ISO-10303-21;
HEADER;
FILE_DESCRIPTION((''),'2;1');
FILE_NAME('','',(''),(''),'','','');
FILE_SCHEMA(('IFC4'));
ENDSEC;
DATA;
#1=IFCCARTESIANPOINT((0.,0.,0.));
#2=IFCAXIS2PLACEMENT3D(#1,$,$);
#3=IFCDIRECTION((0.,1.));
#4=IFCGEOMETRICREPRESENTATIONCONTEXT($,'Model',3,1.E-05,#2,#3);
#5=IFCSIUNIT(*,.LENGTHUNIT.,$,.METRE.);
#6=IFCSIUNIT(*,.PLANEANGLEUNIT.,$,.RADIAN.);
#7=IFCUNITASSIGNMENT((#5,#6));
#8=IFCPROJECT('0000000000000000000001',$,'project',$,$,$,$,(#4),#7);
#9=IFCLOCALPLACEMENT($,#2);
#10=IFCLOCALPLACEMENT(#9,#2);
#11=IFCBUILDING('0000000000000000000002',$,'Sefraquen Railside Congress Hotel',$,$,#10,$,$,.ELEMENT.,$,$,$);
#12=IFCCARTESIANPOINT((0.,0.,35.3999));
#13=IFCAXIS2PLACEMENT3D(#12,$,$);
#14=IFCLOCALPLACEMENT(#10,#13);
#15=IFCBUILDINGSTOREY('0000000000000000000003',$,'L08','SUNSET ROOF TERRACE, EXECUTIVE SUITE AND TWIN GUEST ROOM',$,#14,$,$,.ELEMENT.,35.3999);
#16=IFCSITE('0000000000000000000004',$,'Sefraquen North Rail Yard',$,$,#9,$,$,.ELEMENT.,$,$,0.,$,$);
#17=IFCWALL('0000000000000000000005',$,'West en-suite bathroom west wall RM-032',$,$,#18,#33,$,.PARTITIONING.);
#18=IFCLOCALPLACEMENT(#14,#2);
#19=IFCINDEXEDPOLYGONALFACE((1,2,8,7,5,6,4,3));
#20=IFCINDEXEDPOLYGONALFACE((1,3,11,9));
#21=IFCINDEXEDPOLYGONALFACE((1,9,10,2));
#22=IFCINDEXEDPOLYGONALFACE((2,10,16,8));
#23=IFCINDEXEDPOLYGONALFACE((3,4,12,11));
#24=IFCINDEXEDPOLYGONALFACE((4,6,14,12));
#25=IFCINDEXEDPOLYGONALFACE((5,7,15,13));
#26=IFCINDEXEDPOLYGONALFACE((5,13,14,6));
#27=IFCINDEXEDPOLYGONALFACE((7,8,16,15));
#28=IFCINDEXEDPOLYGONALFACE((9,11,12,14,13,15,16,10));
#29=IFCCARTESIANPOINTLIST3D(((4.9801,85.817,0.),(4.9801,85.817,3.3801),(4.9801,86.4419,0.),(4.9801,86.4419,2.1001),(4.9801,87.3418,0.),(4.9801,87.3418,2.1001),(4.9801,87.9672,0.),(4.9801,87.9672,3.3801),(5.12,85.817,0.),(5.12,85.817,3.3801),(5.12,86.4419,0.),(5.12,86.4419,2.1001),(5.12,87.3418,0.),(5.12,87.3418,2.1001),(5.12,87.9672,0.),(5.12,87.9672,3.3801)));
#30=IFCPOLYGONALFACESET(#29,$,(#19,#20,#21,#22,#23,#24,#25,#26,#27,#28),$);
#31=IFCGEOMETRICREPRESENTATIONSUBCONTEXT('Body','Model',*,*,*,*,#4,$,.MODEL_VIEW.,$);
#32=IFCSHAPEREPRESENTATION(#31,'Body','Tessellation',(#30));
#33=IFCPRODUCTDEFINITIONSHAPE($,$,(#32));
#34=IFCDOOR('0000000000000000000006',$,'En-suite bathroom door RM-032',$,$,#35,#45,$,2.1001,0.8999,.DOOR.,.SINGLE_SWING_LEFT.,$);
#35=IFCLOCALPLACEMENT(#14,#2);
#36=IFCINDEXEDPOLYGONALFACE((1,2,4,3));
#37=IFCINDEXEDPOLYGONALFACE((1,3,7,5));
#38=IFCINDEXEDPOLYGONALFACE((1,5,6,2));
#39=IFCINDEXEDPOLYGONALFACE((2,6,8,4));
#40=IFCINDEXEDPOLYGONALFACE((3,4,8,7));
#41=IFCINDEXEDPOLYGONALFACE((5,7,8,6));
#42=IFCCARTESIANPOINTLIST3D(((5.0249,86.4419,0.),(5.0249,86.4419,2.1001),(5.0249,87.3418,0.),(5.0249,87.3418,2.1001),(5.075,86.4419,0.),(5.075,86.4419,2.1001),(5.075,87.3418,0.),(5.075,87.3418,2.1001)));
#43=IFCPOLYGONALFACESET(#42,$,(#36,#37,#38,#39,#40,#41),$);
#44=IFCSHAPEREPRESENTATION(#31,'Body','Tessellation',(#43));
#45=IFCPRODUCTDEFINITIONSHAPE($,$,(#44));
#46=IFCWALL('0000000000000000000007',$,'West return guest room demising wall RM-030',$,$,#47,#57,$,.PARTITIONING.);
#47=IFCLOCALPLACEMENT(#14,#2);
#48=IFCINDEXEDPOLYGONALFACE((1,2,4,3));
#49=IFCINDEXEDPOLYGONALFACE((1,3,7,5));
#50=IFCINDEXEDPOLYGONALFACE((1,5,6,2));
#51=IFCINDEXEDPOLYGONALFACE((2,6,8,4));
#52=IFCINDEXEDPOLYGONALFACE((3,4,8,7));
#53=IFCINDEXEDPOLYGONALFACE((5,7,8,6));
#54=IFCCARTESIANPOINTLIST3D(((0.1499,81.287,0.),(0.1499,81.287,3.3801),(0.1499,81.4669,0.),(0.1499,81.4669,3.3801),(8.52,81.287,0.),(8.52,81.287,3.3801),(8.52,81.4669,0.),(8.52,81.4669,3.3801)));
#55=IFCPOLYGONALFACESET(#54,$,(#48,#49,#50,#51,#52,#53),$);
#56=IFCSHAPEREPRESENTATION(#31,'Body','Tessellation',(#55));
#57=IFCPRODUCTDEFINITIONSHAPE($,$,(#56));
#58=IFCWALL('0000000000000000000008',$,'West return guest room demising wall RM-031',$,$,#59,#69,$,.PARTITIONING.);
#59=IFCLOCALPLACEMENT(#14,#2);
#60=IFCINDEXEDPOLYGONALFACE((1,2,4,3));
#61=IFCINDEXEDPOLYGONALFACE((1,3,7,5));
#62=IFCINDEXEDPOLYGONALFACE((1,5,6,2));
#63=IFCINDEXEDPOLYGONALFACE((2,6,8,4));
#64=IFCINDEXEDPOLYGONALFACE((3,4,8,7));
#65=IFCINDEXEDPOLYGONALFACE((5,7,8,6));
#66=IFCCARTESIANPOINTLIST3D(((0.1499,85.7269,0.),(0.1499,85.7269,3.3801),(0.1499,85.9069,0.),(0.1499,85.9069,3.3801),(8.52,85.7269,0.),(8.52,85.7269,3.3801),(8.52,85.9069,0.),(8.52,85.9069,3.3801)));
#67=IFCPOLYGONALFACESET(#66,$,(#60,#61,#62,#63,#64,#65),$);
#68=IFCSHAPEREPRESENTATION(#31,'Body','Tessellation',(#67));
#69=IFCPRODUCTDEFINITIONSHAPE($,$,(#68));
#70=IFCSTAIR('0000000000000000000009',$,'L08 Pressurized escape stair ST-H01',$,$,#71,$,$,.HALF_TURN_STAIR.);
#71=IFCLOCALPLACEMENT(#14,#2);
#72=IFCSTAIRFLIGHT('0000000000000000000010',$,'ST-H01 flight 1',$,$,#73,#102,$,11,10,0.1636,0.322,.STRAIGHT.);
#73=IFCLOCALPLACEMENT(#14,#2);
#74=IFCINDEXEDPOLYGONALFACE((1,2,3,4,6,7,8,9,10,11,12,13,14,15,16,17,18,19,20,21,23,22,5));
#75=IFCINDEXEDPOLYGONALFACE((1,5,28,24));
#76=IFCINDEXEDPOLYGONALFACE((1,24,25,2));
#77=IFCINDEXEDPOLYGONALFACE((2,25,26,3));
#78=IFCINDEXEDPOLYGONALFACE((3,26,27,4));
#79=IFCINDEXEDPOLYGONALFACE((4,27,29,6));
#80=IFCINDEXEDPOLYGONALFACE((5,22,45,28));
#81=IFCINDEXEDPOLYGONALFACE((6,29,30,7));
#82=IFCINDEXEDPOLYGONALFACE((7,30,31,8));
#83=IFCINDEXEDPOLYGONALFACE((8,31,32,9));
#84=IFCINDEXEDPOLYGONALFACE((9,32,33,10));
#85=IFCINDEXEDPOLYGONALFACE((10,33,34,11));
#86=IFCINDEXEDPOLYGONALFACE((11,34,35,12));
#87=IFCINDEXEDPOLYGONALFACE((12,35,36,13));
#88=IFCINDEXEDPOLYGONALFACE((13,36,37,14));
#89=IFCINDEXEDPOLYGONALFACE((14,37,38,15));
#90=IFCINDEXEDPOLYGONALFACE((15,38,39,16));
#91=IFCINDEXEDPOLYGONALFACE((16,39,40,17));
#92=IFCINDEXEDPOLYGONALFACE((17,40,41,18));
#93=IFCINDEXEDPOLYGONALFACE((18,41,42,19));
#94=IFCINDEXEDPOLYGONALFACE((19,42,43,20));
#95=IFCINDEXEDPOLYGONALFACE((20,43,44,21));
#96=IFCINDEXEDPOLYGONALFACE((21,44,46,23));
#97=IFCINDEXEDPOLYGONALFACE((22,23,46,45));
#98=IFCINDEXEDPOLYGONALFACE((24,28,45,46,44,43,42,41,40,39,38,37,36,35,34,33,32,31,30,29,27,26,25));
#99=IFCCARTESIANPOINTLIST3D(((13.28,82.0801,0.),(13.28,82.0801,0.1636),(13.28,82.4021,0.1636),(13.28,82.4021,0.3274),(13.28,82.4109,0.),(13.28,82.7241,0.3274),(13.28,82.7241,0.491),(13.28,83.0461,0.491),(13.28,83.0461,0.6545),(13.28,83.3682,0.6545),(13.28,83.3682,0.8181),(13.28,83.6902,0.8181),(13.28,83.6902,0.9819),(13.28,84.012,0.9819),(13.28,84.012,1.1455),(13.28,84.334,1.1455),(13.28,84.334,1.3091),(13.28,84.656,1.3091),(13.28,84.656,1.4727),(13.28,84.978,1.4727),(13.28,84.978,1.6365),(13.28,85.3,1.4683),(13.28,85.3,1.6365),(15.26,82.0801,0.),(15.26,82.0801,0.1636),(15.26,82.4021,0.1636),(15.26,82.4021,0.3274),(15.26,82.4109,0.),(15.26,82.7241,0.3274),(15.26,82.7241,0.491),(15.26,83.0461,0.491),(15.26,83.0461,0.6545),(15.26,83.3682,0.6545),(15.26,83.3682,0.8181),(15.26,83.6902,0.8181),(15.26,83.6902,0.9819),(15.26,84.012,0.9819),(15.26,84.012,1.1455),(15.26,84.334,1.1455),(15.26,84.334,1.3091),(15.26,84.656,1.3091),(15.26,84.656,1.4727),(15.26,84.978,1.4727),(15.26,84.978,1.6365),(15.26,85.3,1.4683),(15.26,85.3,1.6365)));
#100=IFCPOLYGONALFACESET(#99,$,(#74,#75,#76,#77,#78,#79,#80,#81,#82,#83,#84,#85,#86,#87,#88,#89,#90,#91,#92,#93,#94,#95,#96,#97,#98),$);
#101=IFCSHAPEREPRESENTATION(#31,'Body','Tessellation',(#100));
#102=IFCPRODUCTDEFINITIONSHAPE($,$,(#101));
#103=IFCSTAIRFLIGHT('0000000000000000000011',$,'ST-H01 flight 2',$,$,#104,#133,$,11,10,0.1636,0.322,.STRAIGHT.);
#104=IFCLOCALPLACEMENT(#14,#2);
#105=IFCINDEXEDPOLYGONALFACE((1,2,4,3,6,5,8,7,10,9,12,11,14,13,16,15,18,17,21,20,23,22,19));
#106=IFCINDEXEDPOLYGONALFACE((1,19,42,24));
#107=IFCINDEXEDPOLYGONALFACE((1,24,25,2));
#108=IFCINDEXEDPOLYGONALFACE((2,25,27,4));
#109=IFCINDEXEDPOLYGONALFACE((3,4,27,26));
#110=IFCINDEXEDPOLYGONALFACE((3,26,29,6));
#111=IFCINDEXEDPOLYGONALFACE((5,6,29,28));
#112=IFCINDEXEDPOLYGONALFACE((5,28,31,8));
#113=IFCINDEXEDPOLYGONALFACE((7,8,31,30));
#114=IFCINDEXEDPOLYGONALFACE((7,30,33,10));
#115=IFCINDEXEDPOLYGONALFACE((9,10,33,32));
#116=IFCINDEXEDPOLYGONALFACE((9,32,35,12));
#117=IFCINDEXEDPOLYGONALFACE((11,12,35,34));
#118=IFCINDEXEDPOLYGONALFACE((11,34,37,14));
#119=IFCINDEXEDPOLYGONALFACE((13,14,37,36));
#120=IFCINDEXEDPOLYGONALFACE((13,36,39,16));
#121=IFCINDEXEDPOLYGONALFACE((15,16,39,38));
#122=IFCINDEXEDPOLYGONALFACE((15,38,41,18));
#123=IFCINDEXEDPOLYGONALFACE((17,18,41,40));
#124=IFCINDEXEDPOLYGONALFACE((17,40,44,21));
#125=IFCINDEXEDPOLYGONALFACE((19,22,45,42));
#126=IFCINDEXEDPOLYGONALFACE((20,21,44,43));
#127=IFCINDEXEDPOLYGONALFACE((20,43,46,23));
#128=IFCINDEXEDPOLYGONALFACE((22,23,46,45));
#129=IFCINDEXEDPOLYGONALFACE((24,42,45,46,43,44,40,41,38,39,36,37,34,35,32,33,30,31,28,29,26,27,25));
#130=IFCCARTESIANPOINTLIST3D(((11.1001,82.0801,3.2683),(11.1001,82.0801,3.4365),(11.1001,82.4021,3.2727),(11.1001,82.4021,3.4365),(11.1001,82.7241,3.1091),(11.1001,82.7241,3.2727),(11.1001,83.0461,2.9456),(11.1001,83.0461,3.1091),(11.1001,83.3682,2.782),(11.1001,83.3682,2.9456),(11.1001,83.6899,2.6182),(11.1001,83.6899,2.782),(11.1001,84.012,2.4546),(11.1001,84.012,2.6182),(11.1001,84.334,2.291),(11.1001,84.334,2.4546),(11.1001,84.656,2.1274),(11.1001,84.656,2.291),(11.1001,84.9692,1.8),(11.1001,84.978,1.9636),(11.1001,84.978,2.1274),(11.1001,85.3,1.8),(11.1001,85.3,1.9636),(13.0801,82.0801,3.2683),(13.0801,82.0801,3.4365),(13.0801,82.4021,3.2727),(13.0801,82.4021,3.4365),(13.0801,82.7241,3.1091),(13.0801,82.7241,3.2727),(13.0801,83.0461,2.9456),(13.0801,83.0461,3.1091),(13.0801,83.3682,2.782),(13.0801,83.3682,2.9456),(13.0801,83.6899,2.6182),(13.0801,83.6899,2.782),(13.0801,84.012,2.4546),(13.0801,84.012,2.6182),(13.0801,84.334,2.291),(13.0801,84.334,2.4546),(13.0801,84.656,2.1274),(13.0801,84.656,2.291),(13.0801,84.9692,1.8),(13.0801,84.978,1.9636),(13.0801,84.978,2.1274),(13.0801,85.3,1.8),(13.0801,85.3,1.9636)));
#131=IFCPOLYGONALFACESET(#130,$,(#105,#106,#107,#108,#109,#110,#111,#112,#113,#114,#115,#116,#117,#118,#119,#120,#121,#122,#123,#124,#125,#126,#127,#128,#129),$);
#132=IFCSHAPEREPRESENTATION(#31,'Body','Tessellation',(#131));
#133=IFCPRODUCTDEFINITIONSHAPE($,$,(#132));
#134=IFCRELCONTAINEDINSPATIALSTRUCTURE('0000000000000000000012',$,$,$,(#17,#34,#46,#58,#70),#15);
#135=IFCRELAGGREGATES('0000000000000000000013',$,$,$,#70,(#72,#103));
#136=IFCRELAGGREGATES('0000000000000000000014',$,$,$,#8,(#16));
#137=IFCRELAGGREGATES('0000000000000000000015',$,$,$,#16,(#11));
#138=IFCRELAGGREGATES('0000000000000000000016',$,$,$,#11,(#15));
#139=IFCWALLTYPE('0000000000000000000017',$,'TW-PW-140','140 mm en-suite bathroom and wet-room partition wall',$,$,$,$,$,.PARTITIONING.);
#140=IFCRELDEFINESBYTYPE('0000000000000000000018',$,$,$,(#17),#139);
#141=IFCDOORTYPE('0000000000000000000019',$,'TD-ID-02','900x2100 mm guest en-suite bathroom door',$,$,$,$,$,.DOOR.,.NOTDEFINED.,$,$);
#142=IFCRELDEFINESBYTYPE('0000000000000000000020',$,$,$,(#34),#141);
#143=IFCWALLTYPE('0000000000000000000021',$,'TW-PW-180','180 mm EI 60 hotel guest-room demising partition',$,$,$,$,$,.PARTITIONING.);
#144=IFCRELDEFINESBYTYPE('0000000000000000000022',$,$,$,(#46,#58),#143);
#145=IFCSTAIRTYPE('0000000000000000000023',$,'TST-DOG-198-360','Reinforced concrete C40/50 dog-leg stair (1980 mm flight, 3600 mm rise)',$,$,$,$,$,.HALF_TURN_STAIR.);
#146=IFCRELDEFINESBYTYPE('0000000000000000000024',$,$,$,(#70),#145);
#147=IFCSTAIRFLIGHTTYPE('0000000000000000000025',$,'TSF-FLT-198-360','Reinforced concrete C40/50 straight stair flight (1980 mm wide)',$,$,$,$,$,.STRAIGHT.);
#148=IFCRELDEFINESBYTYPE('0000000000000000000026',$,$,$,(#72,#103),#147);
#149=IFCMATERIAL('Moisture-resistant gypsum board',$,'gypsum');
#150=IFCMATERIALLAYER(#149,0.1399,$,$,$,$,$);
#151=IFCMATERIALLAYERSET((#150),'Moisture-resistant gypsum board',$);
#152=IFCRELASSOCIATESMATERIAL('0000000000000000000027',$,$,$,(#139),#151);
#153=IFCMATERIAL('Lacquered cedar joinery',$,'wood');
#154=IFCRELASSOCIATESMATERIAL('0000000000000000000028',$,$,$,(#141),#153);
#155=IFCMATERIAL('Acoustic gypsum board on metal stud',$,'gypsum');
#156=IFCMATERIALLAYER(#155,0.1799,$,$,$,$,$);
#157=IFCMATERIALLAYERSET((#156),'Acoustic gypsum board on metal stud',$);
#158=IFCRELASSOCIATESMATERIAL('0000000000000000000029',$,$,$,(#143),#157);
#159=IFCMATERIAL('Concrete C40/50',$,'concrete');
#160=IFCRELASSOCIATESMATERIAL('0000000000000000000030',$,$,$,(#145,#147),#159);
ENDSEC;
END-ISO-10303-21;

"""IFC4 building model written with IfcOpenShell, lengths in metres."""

from ifc_helpers import new_model, si_unit, direction, frame, frame_2d, origin, place, context, subcontext, project, spatial, polyline, rectangle, outline, extrude, material, layer, layer_set, type_object, element, fill, aggregate, save


model = new_model("IFC4")

# Units and contexts
model_context = context("Model", 3, precision=1e-05, world=origin(), true_north=direction((0.0, 1.0)))
body_context = subcontext(model_context, "Body", "Model", "MODEL_VIEW")
ifc_project = project(units=[si_unit("LENGTHUNIT", "METRE"), si_unit("PLANEANGLEUNIT", "RADIAN")], contexts=[model_context])

# Site, building, storey
site_placement = place(None, origin())
site = spatial("IfcSite", under=ifc_project, at=site_placement, Name="Sefraquen North Rail Yard", CompositionType="ELEMENT", RefElevation=0.0)
building_placement = place(site_placement, origin())
building = spatial("IfcBuilding", under=site, at=building_placement, Name="Sefraquen Railside Congress Hotel", CompositionType="ELEMENT")
storey_placement = place(building_placement, frame((0.0, 0.0, 35.3999)))
storey = spatial("IfcBuildingStorey", under=building, at=storey_placement, Name="L08", Description="SUNSET ROOF TERRACE, EXECUTIVE SUITE AND TWIN GUEST ROOM", CompositionType="ELEMENT", Elevation=35.3999)

# Shared definitions
ifc_material_1 = material(Name="Moisture-resistant gypsum board", Category="gypsum")
ifc_layer_1 = layer(ifc_material_1, 0.1399)
ifc_layer_set_1 = layer_set([ifc_layer_1], Name="Moisture-resistant gypsum board")
wall_type_1 = type_object("IfcWallType", Name="TW-PW-140", Description="140 mm en-suite bathroom and wet-room partition wall", PredefinedType="PARTITIONING", material=ifc_layer_set_1)

# Shared definitions
ifc_material_2 = material(Name="Lacquered cedar joinery", Category="wood")
door_type = type_object("IfcDoorType", Name="TD-ID-02", Description="900x2100 mm guest en-suite bathroom door", OperationType="NOTDEFINED", PredefinedType="DOOR", material=ifc_material_2)

# Wall, opening, door
wall_1_placement = place(storey_placement, frame((5.05, 85.8169, 0.0), z_axis=(0.0, 0.0, 1.0), x_axis=(0.0, 1.0, 0.0)))
wall_1 = element("IfcWall", 1, at=wall_1_placement, inside=storey, type_object=wall_type_1, Name="West en-suite bathroom west wall RM-032", PredefinedType="PARTITIONING", context=body_context, shape_type="SweptSolid", body=[
    extrude(rectangle(XDim=2.1501, YDim=0.1399, at=frame_2d((1.0752, 0.0))), origin(), (0.0, 0.0, 1.0), 3.3801),
])
opening_1_placement = place(wall_1_placement, frame((0.625, 0.0, 0.0)))
opening_1 = element("IfcOpeningElement", 2, at=opening_1_placement, cuts=wall_1, PredefinedType="OPENING", context=body_context, shape_type="SweptSolid", body=[
    extrude(rectangle(XDim=0.8999, YDim=2.1001, at=frame_2d((0.45, 1.05))), frame((0.0, 0.0798, 0.0), z_axis=(0.0, -1.0, 0.0), x_axis=(1.0, 0.0, 0.0)), (0.0, 0.0, 1.0), 0.1599),
])
door_1_placement = place(opening_1_placement, frame((0.8999, 0.0, 0.0), z_axis=(0.0, 0.0, 1.0), x_axis=(-1.0, 0.0, 0.0)))
door_1 = element("IfcDoor", 3, at=door_1_placement, inside=storey, type_object=door_type, Name="En-suite bathroom door RM-032", OperationType="SINGLE_SWING_LEFT", OverallHeight=2.1001, OverallWidth=0.8999, PredefinedType="DOOR", context=body_context, shape_type="SweptSolid", body=[
    extrude(rectangle(XDim=0.8999, YDim=2.1001, at=frame_2d((0.45, 1.05))), frame((0.0, 0.0249, 0.0), z_axis=(0.0, -1.0, 0.0), x_axis=(1.0, 0.0, 0.0)), (0.0, 0.0, 1.0), 0.05),
])
fill(opening_1, door_1)

# Walls
ifc_material_3 = material(Name="Acoustic gypsum board on metal stud", Category="gypsum")
ifc_layer_2 = layer(ifc_material_3, 0.1799)
ifc_layer_set_2 = layer_set([ifc_layer_2], Name="Acoustic gypsum board on metal stud")
wall_type_2 = type_object("IfcWallType", Name="TW-PW-180", Description="180 mm EI 60 hotel guest-room demising partition", PredefinedType="PARTITIONING", material=ifc_layer_set_2)
for number, where, z_axis, x_axis, name in (
    (4, (0.1499, 81.377, 0.0), (0.0, 0.0, 1.0), (1.0, 0.0, 0.0), "West return guest room demising wall RM-030"),
    (5, (0.1499, 85.8169, 0.0), (0.0, 0.0, 1.0), (1.0, 0.0, 0.0), "West return guest room demising wall RM-031"),
):
    element("IfcWall", number, at=place(storey_placement, frame(where, z_axis=z_axis, x_axis=x_axis)), inside=storey, type_object=wall_type_2, Name=name, PredefinedType="PARTITIONING", context=body_context, shape_type="SweptSolid", body=[
        extrude(rectangle(XDim=8.3701, YDim=0.1799, at=frame_2d((4.1851, 0.0))), origin(), (0.0, 0.0, 1.0), 3.3801),
    ])

# Stair, stair flights
ifc_material_4 = material(Name="Concrete C40/50", Category="concrete")
stair_type = type_object("IfcStairType", Name="TST-DOG-198-360", Description="Reinforced concrete C40/50 dog-leg stair (1980 mm flight, 3600 mm rise)", PredefinedType="HALF_TURN_STAIR", material=ifc_material_4)
stair_placement = place(storey_placement, origin())
stair = element("IfcStair", 6, at=stair_placement, inside=storey, type_object=stair_type, Name="L08 Pressurized escape stair ST-H01", PredefinedType="HALF_TURN_STAIR")
stair_flight_type = type_object("IfcStairFlightType", Name="TSF-FLT-198-360", Description="Reinforced concrete C40/50 straight stair flight (1980 mm wide)", PredefinedType="STRAIGHT", material=ifc_material_4)
stair_flight_1_placement = place(storey_placement, frame((14.27, 82.0801, 0.0), z_axis=(0.0, 0.0, 1.0), x_axis=(0.0, 1.0, 0.0)))
stair_flight_1 = element("IfcStairFlight", 7, at=stair_flight_1_placement, type_object=stair_flight_type, Name="ST-H01 flight 1", NumberOfRisers=11, NumberOfTreads=10, PredefinedType="STRAIGHT", RiserHeight=0.1636, TreadLength=0.322, context=body_context, shape_type="SweptSolid", body=[
    extrude(outline(polyline([(0.0, 0.0), (0.0, 0.1636), (0.322, 0.1636), (0.322, 0.3274), (0.644, 0.3274), (0.644, 0.491), (0.9661, 0.491), (0.9661, 0.6545), (1.2881, 0.6545), (1.2881, 0.8181), (1.6101, 0.8181), (1.6101, 0.9819), (1.9319, 0.9819), (1.9319, 1.1455), (2.2539, 1.1455), (2.2539, 1.3091), (2.5759, 1.3091), (2.5759, 1.4727), (2.8979, 1.4727), (2.8979, 1.6365), (3.22, 1.6365), (3.22, 1.8), (3.22, 1.4683), (0.3308, 0.0), (0.0, 0.0)])), frame((0.0, 0.99, 0.0), z_axis=(0.0, -1.0, 0.0), x_axis=(1.0, 0.0, 0.0)), (0.0, 0.0, 1.0), 1.98),
])
stair_flight_2_placement = place(storey_placement, frame((12.0901, 85.3, 1.8), z_axis=(0.0, 0.0, 1.0), x_axis=(0.0, -1.0, 0.0)))
stair_flight_2 = element("IfcStairFlight", 8, at=stair_flight_2_placement, type_object=stair_flight_type, Name="ST-H01 flight 2", NumberOfRisers=11, NumberOfTreads=10, PredefinedType="STRAIGHT", RiserHeight=0.1636, TreadLength=0.322, context=body_context, shape_type="SweptSolid", body=[
    extrude(outline(polyline([(0.0, 0.0), (0.0, 0.1636), (0.322, 0.1636), (0.322, 0.3274), (0.644, 0.3274), (0.644, 0.491), (0.9661, 0.491), (0.9661, 0.6545), (1.2881, 0.6545), (1.2881, 0.8181), (1.6101, 0.8181), (1.6101, 0.9819), (1.9319, 0.9819), (1.9319, 1.1455), (2.2539, 1.1455), (2.2539, 1.3091), (2.5759, 1.3091), (2.5759, 1.4727), (2.8979, 1.4727), (2.8979, 1.6365), (3.22, 1.6365), (3.22, 1.8), (3.22, 1.4683), (0.3308, 0.0), (0.0, 0.0)])), frame((0.0, 0.99, 0.0), z_axis=(0.0, -1.0, 0.0), x_axis=(1.0, 0.0, 0.0)), (0.0, 0.0, 1.0), 1.98),
])
aggregate(stair, [stair_flight_1, stair_flight_2])

save(model, "model.ifc")
